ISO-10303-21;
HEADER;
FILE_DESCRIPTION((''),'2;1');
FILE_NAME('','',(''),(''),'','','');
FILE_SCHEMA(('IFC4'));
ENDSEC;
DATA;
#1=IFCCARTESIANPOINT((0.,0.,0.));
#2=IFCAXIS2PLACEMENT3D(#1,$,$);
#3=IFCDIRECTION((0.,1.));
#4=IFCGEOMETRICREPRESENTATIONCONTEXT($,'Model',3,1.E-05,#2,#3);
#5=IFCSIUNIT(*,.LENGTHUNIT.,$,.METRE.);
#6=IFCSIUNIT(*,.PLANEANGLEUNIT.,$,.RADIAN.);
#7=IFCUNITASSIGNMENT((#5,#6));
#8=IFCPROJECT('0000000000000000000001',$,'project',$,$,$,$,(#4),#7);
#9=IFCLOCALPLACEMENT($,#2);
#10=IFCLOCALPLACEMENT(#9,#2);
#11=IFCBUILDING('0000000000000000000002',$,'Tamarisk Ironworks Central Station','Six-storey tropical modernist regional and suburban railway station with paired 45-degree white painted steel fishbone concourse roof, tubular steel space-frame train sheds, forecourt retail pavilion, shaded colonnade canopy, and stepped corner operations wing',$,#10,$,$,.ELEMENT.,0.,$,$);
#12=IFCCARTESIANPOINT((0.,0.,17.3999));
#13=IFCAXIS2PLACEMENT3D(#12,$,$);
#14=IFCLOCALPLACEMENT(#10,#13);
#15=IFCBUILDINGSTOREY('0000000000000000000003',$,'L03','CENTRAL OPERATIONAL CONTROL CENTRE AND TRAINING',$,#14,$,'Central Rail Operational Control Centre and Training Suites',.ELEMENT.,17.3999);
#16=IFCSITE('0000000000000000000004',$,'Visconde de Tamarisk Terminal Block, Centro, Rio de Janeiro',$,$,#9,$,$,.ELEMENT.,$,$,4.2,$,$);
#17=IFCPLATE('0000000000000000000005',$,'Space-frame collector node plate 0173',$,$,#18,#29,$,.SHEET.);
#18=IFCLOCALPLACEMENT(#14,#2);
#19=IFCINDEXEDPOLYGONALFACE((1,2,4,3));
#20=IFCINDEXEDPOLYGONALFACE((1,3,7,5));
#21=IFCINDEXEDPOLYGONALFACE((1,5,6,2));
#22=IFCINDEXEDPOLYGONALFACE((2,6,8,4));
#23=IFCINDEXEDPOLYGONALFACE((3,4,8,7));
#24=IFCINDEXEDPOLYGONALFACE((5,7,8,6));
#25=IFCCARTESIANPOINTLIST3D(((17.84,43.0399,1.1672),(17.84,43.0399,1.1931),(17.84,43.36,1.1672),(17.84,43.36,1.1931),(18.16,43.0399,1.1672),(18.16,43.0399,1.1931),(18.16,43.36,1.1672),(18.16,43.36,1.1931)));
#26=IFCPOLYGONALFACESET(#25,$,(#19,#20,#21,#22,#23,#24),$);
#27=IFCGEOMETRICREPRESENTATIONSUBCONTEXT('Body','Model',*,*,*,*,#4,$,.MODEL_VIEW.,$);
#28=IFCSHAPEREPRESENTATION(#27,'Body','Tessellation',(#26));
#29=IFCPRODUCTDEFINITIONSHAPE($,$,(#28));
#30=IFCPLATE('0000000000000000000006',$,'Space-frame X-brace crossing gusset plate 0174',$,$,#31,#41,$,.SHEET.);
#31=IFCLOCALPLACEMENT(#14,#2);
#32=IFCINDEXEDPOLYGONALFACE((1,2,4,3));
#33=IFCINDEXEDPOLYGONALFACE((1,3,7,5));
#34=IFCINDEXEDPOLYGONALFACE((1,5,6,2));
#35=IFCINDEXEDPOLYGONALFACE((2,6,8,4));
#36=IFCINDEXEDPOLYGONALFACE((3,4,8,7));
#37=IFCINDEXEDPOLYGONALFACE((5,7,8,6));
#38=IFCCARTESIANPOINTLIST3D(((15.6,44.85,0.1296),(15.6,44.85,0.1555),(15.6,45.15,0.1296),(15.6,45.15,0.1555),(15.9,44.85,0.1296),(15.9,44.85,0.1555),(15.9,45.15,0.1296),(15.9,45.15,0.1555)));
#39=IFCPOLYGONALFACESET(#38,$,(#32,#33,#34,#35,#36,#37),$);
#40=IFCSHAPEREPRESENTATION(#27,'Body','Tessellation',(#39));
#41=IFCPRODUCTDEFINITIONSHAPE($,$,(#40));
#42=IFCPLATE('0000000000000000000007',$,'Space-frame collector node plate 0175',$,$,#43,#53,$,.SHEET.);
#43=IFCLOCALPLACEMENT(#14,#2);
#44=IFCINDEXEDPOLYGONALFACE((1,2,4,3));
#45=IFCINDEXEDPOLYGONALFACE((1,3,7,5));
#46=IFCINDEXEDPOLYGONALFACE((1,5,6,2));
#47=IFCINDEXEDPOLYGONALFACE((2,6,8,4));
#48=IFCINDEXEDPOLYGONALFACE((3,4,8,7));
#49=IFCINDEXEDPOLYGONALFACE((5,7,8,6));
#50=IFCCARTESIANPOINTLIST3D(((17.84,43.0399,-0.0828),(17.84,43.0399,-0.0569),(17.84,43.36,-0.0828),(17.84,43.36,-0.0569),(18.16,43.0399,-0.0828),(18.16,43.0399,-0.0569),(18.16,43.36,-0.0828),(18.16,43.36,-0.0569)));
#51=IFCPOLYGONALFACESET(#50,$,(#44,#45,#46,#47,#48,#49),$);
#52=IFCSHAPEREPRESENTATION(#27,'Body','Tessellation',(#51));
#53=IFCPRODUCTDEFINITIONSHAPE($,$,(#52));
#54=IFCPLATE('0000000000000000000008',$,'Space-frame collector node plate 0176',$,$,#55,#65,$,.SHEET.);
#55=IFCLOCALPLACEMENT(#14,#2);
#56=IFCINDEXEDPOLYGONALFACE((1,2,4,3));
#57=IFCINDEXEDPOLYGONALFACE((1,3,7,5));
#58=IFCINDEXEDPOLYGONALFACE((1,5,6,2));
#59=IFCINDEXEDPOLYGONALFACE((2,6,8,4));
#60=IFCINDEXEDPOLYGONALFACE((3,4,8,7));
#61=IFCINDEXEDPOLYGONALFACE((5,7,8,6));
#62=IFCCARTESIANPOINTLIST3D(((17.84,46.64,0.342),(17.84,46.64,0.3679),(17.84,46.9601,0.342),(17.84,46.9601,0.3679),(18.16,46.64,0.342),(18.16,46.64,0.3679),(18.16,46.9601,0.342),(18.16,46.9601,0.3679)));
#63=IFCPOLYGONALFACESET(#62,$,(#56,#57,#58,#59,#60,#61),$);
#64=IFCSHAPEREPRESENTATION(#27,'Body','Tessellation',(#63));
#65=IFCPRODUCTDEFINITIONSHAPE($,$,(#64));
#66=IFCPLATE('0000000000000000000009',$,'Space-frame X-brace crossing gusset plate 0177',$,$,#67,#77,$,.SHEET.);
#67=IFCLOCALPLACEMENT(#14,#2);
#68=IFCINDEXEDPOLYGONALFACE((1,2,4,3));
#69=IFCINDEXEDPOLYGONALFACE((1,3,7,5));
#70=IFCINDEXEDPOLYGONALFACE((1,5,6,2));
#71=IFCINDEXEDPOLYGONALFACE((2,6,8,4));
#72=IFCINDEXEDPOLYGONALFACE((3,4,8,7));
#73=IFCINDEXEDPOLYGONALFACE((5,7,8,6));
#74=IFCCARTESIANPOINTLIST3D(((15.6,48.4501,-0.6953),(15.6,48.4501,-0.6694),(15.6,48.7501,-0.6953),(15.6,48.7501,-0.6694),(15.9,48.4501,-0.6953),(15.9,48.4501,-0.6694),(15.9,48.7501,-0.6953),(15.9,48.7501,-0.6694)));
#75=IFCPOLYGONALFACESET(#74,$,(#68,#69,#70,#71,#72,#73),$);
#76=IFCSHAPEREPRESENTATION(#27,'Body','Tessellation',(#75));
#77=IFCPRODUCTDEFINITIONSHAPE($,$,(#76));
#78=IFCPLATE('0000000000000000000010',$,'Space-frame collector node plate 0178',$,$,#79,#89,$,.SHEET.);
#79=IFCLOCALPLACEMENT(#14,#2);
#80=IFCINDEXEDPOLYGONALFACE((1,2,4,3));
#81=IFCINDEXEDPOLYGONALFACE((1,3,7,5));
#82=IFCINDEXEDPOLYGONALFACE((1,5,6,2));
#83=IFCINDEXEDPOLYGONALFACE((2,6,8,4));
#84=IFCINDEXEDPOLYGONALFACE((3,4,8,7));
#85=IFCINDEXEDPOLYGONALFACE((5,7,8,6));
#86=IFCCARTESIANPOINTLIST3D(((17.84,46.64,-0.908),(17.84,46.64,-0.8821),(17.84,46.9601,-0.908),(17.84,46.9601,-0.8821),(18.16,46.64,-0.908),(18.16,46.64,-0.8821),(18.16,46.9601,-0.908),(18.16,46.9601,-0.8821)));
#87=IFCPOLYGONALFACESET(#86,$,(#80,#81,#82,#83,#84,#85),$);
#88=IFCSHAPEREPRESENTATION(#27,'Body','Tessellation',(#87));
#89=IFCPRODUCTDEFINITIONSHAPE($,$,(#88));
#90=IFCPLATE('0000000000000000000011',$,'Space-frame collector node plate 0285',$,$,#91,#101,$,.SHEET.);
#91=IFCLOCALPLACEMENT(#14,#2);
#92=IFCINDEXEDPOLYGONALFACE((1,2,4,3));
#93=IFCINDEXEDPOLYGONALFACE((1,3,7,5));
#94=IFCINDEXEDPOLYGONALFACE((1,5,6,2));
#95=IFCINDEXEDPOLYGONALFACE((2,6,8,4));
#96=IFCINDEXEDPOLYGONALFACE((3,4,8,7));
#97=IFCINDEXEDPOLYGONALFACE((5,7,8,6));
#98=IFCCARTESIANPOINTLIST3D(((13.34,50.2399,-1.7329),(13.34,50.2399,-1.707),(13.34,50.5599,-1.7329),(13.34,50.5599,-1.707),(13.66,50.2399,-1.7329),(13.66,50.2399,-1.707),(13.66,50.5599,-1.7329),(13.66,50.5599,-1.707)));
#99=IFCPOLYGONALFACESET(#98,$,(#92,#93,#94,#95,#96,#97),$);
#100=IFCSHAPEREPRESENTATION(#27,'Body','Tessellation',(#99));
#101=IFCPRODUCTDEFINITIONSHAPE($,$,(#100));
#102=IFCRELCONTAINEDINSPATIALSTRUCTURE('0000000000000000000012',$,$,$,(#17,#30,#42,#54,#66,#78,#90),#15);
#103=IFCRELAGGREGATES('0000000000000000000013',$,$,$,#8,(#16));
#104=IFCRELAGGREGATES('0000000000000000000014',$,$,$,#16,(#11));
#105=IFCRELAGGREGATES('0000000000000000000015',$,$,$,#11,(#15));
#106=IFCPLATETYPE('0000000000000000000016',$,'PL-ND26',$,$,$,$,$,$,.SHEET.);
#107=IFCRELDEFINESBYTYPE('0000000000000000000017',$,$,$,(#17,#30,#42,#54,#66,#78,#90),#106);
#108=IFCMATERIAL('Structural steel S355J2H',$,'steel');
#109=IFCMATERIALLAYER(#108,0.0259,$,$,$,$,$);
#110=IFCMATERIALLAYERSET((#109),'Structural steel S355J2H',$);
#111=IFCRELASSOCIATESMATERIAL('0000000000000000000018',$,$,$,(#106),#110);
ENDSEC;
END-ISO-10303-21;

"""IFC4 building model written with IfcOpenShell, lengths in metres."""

from ifc_helpers import new_model, si_unit, direction, frame, origin, origin_2d, place, context, subcontext, project, spatial, rectangle, extrude, material, layer, layer_set, type_object, element, save


model = new_model("IFC4")

# Units and contexts
model_context = context("Model", 3, precision=1e-05, world=origin(), true_north=direction((0.0, 1.0)))
body_context = subcontext(model_context, "Body", "Model", "MODEL_VIEW")
ifc_project = project(units=[si_unit("LENGTHUNIT", "METRE"), si_unit("PLANEANGLEUNIT", "RADIAN")], contexts=[model_context])

# Site, building, storey
site_placement = place(None, origin())
site = spatial("IfcSite", under=ifc_project, at=site_placement, Name="Visconde de Tamarisk Terminal Block, Centro, Rio de Janeiro", CompositionType="ELEMENT", RefElevation=4.2)
building_placement = place(site_placement, origin())
building = spatial("IfcBuilding", under=site, at=building_placement, Name="Tamarisk Ironworks Central Station", Description="Six-storey tropical modernist regional and suburban railway station with paired 45-degree white painted steel fishbone concourse roof, tubular steel space-frame train sheds, forecourt retail pavilion, shaded colonnade canopy, and stepped corner operations wing", CompositionType="ELEMENT", ElevationOfRefHeight=0.0)
storey_placement = place(building_placement, frame((0.0, 0.0, 17.3999)))
storey = spatial("IfcBuildingStorey", under=building, at=storey_placement, Name="L03", Description="CENTRAL OPERATIONAL CONTROL CENTRE AND TRAINING", LongName="Central Rail Operational Control Centre and Training Suites", CompositionType="ELEMENT", Elevation=17.3999)

# Shared definitions
ifc_material = material(Name="Structural steel S355J2H", Category="steel")

# Plates
ifc_layer = layer(ifc_material, 0.0259)
ifc_layer_set = layer_set([ifc_layer], Name="Structural steel S355J2H")
plate_type = type_object("IfcPlateType", Name="PL-ND26", PredefinedType="SHEET", material=ifc_layer_set)
for number, where, z_axis, x_axis, name in (
    (1, (18.0, 43.2, 1.1672), (0.0, 0.0, 1.0), (1.0, 0.0, 0.0), "Space-frame collector node plate 0173"),
):
    element("IfcPlate", number, at=place(storey_placement, frame(where, z_axis=z_axis, x_axis=x_axis)), inside=storey, type_object=plate_type, Name=name, PredefinedType="SHEET", context=body_context, shape_type="SweptSolid", body=[
        extrude(rectangle(XDim=0.3201, YDim=0.3201, at=origin_2d()), origin(), (0.0, 0.0, 1.0), 0.0259),
    ])
plate_1_placement = place(storey_placement, frame((15.75, 45.0, 0.1296), z_axis=(0.0, 0.0, 1.0), x_axis=(1.0, 0.0, 0.0)))
element("IfcPlate", 2, at=plate_1_placement, inside=storey, type_object=plate_type, Name="Space-frame X-brace crossing gusset plate 0174", PredefinedType="SHEET", context=body_context, shape_type="SweptSolid", body=[
    extrude(rectangle(XDim=0.3, YDim=0.3, at=origin_2d()), origin(), (0.0, 0.0, 1.0), 0.0259),
])
for number, where, z_axis, x_axis, name in (
    (3, (18.0, 43.2, -0.0828), (0.0, 0.0, 1.0), (1.0, 0.0, 0.0), "Space-frame collector node plate 0175"),
    (4, (18.0, 46.8, 0.342), (0.0, 0.0, 1.0), (1.0, 0.0, 0.0), "Space-frame collector node plate 0176"),
):
    element("IfcPlate", number, at=place(storey_placement, frame(where, z_axis=z_axis, x_axis=x_axis)), inside=storey, type_object=plate_type, Name=name, PredefinedType="SHEET", context=body_context, shape_type="SweptSolid", body=[
        extrude(rectangle(XDim=0.3201, YDim=0.3201, at=origin_2d()), origin(), (0.0, 0.0, 1.0), 0.0259),
    ])
plate_2_placement = place(storey_placement, frame((15.75, 48.6001, -0.6953), z_axis=(0.0, 0.0, 1.0), x_axis=(1.0, 0.0, 0.0)))
element("IfcPlate", 5, at=plate_2_placement, inside=storey, type_object=plate_type, Name="Space-frame X-brace crossing gusset plate 0177", PredefinedType="SHEET", context=body_context, shape_type="SweptSolid", body=[
    extrude(rectangle(XDim=0.3, YDim=0.3, at=origin_2d()), origin(), (0.0, 0.0, 1.0), 0.0259),
])
for number, where, z_axis, x_axis, name in (
    (6, (18.0, 46.8, -0.908), (0.0, 0.0, 1.0), (1.0, 0.0, 0.0), "Space-frame collector node plate 0178"),
    (7, (13.5, 50.3999, -1.7329), (0.0, 0.0, 1.0), (1.0, 0.0, 0.0), "Space-frame collector node plate 0285"),
):
    element("IfcPlate", number, at=place(storey_placement, frame(where, z_axis=z_axis, x_axis=x_axis)), inside=storey, type_object=plate_type, Name=name, PredefinedType="SHEET", context=body_context, shape_type="SweptSolid", body=[
        extrude(rectangle(XDim=0.3201, YDim=0.3201, at=origin_2d()), origin(), (0.0, 0.0, 1.0), 0.0259),
    ])

save(model, "model.ifc")
